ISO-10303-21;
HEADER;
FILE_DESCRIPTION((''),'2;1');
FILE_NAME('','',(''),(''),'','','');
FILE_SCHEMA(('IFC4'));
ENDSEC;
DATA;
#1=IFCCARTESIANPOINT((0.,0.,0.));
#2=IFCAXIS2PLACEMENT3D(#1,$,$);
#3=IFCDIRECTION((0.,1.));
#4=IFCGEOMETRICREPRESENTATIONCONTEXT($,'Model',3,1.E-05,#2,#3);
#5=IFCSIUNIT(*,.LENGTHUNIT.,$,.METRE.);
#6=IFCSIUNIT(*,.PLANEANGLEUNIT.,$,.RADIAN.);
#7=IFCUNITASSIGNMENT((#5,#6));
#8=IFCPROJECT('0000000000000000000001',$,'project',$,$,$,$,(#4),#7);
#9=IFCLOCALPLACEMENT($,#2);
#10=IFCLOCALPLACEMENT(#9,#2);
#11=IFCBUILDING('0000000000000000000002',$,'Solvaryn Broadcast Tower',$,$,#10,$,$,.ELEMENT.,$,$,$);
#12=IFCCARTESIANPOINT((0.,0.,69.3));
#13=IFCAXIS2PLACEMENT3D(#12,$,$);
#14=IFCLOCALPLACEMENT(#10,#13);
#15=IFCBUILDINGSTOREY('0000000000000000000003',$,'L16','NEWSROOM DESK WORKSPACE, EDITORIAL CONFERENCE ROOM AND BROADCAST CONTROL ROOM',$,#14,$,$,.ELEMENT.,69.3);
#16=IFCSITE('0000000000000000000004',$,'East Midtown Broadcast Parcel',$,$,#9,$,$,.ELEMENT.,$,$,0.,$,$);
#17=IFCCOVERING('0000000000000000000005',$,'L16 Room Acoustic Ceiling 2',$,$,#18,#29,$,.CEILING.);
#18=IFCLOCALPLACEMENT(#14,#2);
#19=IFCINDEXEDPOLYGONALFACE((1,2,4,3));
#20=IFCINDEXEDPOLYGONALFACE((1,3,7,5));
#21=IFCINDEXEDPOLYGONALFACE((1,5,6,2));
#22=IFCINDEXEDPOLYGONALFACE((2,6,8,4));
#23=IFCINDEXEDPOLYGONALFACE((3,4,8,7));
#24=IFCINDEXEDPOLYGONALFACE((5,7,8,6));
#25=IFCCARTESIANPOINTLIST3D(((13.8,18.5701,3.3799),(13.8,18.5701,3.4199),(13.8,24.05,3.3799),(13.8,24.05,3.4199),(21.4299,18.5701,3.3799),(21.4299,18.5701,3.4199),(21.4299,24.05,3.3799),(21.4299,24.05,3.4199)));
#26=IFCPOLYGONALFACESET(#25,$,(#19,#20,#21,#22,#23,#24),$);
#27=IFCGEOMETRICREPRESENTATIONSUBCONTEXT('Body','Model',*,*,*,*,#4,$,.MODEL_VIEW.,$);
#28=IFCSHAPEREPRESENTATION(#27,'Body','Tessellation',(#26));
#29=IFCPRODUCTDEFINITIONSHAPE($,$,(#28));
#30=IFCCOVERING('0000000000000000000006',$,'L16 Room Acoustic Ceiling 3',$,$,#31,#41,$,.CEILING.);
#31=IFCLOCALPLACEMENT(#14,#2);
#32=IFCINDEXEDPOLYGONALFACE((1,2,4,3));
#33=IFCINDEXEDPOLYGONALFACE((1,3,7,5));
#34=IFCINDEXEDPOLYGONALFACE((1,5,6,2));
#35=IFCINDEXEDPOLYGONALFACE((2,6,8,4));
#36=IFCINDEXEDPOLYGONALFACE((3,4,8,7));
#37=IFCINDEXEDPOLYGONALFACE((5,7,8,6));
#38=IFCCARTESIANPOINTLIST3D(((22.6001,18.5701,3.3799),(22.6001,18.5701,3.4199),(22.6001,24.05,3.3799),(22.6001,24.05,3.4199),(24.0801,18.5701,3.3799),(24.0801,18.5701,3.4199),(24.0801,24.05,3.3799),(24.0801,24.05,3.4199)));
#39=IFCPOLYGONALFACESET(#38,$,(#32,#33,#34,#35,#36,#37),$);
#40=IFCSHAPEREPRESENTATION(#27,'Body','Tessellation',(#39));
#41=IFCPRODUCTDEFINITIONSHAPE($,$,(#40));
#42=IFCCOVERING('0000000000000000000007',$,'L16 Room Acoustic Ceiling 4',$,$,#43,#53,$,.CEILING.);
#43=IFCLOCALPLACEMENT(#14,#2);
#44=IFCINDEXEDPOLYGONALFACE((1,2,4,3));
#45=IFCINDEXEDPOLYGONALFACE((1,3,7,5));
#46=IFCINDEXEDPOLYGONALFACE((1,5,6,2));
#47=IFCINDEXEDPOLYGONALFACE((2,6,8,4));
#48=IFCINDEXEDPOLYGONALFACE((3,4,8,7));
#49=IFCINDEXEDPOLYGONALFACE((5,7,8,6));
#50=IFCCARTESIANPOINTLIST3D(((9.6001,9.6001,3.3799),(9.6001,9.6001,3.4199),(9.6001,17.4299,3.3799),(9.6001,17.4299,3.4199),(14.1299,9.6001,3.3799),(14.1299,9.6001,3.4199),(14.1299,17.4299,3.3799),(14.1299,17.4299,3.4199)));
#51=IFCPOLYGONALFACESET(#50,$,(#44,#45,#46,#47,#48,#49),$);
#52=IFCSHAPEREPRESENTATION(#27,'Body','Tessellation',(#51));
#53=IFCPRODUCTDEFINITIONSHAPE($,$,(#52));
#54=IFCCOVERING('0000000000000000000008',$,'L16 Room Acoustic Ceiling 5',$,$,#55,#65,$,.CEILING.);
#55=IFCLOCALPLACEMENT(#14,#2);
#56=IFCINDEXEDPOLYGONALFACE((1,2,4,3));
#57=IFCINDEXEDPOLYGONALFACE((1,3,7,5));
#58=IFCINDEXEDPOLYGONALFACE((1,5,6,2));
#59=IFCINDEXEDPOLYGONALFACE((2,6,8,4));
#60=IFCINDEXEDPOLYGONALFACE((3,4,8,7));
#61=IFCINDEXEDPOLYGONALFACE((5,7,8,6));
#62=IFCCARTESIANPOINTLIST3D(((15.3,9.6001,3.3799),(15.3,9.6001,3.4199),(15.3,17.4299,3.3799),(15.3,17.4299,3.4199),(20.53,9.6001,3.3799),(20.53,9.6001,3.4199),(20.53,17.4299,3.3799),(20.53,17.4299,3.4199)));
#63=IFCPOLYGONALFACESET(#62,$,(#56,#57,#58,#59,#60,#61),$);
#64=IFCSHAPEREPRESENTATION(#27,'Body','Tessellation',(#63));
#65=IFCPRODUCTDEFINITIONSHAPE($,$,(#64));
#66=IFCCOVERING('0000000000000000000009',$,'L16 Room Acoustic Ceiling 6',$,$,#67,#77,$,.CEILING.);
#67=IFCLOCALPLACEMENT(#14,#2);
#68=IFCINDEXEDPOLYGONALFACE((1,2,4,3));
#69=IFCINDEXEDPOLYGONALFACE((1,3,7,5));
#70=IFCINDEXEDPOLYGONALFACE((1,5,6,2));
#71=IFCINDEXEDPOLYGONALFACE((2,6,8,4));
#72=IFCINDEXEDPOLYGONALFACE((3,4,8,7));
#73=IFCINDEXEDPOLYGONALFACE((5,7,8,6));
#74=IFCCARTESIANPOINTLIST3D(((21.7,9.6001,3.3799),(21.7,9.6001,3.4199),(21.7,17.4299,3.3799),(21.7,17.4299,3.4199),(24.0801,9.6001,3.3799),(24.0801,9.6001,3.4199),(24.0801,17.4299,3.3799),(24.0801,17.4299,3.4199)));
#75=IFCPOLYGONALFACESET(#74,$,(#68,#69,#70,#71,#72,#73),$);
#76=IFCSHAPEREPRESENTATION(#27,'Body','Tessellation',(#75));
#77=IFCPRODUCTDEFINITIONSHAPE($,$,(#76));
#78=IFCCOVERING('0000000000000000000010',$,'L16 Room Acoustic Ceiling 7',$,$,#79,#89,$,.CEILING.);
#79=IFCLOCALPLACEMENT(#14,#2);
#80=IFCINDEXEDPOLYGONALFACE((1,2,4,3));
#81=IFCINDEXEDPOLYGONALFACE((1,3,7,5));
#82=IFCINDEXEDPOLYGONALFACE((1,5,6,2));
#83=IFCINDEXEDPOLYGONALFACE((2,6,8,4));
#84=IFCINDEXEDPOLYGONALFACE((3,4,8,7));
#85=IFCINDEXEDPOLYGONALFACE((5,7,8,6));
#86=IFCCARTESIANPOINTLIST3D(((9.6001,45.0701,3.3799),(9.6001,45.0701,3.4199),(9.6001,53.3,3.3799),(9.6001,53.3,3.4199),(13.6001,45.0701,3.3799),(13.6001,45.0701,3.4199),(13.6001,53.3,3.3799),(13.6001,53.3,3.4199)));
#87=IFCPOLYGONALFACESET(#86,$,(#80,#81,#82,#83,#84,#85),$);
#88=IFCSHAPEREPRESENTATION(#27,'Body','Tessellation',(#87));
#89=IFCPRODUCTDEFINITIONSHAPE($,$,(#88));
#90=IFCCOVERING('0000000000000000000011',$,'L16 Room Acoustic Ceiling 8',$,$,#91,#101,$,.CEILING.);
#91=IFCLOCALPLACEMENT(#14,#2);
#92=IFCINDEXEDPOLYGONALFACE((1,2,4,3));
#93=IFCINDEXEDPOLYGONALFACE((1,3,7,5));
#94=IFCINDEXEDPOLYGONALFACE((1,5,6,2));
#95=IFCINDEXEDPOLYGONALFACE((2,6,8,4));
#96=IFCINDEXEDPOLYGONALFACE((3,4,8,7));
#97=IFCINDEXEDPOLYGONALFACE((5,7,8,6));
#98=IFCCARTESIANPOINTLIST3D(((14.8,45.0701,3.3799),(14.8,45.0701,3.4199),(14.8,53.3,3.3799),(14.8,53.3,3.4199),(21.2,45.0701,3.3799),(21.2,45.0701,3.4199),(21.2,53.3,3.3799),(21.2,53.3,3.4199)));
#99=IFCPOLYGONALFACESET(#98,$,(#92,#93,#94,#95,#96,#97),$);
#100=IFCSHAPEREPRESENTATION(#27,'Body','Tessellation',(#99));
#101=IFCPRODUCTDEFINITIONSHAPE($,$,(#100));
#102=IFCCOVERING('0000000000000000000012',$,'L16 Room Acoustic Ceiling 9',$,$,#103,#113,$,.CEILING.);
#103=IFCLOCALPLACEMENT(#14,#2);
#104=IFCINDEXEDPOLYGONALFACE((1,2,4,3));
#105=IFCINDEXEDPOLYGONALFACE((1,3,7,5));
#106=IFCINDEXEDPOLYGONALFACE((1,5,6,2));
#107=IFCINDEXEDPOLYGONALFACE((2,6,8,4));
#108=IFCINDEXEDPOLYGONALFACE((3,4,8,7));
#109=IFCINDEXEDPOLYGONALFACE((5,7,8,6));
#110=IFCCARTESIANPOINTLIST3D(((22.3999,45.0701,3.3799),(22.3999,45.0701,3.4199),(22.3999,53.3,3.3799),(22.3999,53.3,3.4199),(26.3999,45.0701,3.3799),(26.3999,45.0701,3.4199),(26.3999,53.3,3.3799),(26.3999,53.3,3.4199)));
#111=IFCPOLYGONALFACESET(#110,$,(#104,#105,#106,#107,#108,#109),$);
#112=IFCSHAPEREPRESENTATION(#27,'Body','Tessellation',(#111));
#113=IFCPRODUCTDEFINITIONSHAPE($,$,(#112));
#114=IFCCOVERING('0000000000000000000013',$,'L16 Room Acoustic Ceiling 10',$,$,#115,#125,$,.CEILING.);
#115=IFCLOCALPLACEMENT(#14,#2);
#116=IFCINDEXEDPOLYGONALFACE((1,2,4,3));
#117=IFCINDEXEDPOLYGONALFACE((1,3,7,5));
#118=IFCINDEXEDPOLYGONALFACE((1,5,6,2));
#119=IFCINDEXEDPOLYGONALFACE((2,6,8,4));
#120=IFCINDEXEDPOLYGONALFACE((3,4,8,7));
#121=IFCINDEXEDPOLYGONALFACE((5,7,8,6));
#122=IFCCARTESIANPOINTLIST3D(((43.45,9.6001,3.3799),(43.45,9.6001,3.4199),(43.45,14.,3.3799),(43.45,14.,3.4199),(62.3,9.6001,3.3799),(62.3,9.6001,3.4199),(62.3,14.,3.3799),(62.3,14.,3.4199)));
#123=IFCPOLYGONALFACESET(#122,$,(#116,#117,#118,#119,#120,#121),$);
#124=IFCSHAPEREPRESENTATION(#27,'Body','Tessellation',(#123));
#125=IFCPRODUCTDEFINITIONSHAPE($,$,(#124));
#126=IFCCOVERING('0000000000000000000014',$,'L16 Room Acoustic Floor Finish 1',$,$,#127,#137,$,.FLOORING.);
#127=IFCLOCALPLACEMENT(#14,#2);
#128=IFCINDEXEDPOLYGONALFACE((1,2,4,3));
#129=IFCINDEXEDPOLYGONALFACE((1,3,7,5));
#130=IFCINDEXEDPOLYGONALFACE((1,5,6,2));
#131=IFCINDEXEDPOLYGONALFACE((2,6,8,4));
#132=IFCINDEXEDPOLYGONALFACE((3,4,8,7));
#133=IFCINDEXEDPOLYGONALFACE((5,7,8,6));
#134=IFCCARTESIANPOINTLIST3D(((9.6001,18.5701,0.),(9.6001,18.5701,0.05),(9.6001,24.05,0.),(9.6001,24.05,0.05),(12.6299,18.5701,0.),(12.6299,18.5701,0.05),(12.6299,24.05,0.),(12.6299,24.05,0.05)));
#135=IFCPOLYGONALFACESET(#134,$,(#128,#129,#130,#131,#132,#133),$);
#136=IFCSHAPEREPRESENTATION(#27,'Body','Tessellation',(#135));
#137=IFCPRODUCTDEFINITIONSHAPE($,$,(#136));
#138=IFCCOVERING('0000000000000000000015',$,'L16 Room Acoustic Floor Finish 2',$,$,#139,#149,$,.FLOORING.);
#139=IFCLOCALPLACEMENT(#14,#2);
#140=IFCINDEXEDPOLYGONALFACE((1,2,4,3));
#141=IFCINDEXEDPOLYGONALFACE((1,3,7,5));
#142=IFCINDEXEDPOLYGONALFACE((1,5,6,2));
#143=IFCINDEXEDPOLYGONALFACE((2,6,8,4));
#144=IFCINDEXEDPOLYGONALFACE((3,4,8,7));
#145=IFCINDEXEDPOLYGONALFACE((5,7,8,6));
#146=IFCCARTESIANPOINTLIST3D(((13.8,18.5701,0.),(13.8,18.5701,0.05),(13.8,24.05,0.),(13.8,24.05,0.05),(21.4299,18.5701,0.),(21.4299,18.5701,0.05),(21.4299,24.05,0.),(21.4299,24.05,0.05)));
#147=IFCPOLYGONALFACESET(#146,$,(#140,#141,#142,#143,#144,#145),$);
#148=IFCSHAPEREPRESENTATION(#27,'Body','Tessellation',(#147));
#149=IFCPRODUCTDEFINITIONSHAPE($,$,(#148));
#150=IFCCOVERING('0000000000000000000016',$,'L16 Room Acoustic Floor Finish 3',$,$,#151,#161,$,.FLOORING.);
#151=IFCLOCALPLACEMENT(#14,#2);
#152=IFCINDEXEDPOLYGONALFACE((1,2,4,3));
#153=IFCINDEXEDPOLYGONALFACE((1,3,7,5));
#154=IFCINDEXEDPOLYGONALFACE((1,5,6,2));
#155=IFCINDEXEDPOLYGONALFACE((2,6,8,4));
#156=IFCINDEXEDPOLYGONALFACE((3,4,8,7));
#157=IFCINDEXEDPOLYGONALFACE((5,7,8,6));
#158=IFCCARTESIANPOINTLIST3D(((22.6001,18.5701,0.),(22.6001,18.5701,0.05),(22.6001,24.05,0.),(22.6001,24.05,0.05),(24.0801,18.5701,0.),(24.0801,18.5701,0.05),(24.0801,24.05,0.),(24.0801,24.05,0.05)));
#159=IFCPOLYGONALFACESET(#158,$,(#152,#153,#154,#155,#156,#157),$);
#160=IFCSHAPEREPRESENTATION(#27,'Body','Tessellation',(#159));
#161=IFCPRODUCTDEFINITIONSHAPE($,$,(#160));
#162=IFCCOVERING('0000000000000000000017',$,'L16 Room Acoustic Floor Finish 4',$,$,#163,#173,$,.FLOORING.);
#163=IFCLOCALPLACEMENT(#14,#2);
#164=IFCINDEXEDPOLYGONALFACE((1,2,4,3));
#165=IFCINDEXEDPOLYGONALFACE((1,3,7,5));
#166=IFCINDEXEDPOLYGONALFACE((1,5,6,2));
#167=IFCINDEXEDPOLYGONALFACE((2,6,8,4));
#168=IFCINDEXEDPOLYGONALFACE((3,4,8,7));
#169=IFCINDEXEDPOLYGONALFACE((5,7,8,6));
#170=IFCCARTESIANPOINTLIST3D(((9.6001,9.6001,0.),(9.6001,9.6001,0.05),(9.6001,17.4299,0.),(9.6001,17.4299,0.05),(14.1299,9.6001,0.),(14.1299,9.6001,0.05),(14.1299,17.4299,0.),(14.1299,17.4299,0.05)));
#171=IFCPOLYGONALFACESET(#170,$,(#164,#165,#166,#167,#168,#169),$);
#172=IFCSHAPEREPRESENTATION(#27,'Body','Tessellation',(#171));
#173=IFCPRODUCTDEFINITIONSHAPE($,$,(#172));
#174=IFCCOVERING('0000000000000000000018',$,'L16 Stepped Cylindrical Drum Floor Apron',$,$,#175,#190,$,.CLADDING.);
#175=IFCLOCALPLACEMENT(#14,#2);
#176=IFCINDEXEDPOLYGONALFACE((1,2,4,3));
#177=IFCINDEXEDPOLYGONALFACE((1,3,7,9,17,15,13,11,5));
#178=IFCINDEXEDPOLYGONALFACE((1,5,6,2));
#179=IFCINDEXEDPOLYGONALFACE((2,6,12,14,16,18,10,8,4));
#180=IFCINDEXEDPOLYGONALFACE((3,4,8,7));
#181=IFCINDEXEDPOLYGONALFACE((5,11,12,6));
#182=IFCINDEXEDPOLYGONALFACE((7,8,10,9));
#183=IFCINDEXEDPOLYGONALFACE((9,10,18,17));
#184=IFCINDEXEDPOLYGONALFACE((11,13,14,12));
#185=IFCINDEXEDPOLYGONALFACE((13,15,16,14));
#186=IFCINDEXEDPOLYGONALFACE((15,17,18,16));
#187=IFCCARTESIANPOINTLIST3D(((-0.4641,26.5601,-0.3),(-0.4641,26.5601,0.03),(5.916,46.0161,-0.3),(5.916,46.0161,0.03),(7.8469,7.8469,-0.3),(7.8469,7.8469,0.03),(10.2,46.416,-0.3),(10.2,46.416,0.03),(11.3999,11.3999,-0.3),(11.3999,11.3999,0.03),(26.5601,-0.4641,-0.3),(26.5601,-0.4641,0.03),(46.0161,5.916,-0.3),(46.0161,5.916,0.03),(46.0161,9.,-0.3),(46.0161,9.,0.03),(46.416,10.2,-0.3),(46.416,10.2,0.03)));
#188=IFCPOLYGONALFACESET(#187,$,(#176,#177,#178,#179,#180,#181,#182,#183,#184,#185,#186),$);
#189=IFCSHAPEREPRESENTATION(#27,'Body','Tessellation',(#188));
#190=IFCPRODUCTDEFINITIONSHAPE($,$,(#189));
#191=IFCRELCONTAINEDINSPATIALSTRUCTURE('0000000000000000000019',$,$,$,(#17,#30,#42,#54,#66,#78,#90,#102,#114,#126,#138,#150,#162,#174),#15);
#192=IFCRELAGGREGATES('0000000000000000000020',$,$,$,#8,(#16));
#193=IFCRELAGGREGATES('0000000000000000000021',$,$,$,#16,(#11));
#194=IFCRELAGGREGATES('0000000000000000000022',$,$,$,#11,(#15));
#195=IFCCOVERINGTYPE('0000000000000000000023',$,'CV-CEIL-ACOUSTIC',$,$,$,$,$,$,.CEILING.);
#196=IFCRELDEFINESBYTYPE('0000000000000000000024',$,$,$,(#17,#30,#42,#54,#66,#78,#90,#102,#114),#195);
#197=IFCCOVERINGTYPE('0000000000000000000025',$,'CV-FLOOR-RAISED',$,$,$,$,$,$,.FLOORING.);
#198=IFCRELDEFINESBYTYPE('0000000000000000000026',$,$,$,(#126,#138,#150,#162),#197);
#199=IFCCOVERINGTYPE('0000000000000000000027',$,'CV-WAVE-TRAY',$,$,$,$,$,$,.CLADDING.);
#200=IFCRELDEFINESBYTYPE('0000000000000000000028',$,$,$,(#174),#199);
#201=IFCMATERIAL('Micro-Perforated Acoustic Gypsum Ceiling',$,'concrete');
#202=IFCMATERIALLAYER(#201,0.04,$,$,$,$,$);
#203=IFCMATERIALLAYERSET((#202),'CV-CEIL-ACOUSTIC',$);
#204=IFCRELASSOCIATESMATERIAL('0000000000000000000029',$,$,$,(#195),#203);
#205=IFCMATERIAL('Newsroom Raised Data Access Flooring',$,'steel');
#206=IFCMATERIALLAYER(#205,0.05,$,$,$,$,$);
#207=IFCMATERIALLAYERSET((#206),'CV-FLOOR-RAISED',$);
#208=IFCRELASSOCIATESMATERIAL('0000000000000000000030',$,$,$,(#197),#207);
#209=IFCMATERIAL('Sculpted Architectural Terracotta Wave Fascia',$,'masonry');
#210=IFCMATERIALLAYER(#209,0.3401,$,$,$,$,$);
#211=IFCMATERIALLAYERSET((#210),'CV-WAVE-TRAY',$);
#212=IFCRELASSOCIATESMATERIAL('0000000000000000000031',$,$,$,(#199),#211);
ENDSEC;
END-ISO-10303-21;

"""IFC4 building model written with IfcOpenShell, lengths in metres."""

from ifc_helpers import new_model, si_unit, direction, frame, origin, place, context, subcontext, project, spatial, polyline, outline, extrude, material, layer, layer_set, type_object, element, save


model = new_model("IFC4")

# Units and contexts
model_context = context("Model", 3, precision=1e-05, world=origin(), true_north=direction((0.0, 1.0)))
body_context = subcontext(model_context, "Body", "Model", "MODEL_VIEW")
ifc_project = project(units=[si_unit("LENGTHUNIT", "METRE"), si_unit("PLANEANGLEUNIT", "RADIAN")], contexts=[model_context])

# Site, building, storey
site_placement = place(None, origin())
site = spatial("IfcSite", under=ifc_project, at=site_placement, Name="East Midtown Broadcast Parcel", CompositionType="ELEMENT", RefElevation=0.0)
building_placement = place(site_placement, origin())
building = spatial("IfcBuilding", under=site, at=building_placement, Name="Solvaryn Broadcast Tower", CompositionType="ELEMENT")
storey_placement = place(building_placement, frame((0.0, 0.0, 69.3)))
storey = spatial("IfcBuildingStorey", under=building, at=storey_placement, Name="L16", Description="NEWSROOM DESK WORKSPACE, EDITORIAL CONFERENCE ROOM AND BROADCAST CONTROL ROOM", CompositionType="ELEMENT", Elevation=69.3)

# Coverings
ifc_material_1 = material(Name="Micro-Perforated Acoustic Gypsum Ceiling", Category="concrete")
ifc_layer_1 = layer(ifc_material_1, 0.04)
ifc_layer_set_1 = layer_set([ifc_layer_1], Name="CV-CEIL-ACOUSTIC")
covering_type_1 = type_object("IfcCoveringType", Name="CV-CEIL-ACOUSTIC", PredefinedType="CEILING", material=ifc_layer_set_1)
covering_1_placement = place(storey_placement, frame((0.0, 0.0, 3.3799)))
element("IfcCovering", 1, at=covering_1_placement, inside=storey, type_object=covering_type_1, Name="L16 Room Acoustic Ceiling 2", PredefinedType="CEILING", context=body_context, shape_type="SweptSolid", body=[
    extrude(outline(polyline([(13.8, 18.5701), (21.4299, 18.5701), (21.4299, 24.05), (13.8, 24.05), (13.8, 18.5701)])), origin(), (0.0, 0.0, 1.0), 0.04),
])
covering_2_placement = place(storey_placement, frame((0.0, 0.0, 3.3799)))
element("IfcCovering", 2, at=covering_2_placement, inside=storey, type_object=covering_type_1, Name="L16 Room Acoustic Ceiling 3", PredefinedType="CEILING", context=body_context, shape_type="SweptSolid", body=[
    extrude(outline(polyline([(22.6001, 18.5701), (24.0801, 18.5701), (24.0801, 24.05), (22.6001, 24.05), (22.6001, 18.5701)])), origin(), (0.0, 0.0, 1.0), 0.04),
])
covering_3_placement = place(storey_placement, frame((0.0, 0.0, 3.3799)))
element("IfcCovering", 3, at=covering_3_placement, inside=storey, type_object=covering_type_1, Name="L16 Room Acoustic Ceiling 4", PredefinedType="CEILING", context=body_context, shape_type="SweptSolid", body=[
    extrude(outline(polyline([(9.6001, 9.6001), (14.1299, 9.6001), (14.1299, 17.4299), (9.6001, 17.4299), (9.6001, 9.6001)])), origin(), (0.0, 0.0, 1.0), 0.04),
])
covering_4_placement = place(storey_placement, frame((0.0, 0.0, 3.3799)))
element("IfcCovering", 4, at=covering_4_placement, inside=storey, type_object=covering_type_1, Name="L16 Room Acoustic Ceiling 5", PredefinedType="CEILING", context=body_context, shape_type="SweptSolid", body=[
    extrude(outline(polyline([(15.3, 9.6001), (20.53, 9.6001), (20.53, 17.4299), (15.3, 17.4299), (15.3, 9.6001)])), origin(), (0.0, 0.0, 1.0), 0.04),
])
covering_5_placement = place(storey_placement, frame((0.0, 0.0, 3.3799)))
element("IfcCovering", 5, at=covering_5_placement, inside=storey, type_object=covering_type_1, Name="L16 Room Acoustic Ceiling 6", PredefinedType="CEILING", context=body_context, shape_type="SweptSolid", body=[
    extrude(outline(polyline([(21.7, 9.6001), (24.0801, 9.6001), (24.0801, 17.4299), (21.7, 17.4299), (21.7, 9.6001)])), origin(), (0.0, 0.0, 1.0), 0.04),
])
covering_6_placement = place(storey_placement, frame((0.0, 0.0, 3.3799)))
element("IfcCovering", 6, at=covering_6_placement, inside=storey, type_object=covering_type_1, Name="L16 Room Acoustic Ceiling 7", PredefinedType="CEILING", context=body_context, shape_type="SweptSolid", body=[
    extrude(outline(polyline([(9.6001, 45.0701), (13.6001, 45.0701), (13.6001, 53.3), (9.6001, 53.3), (9.6001, 45.0701)])), origin(), (0.0, 0.0, 1.0), 0.04),
])
covering_7_placement = place(storey_placement, frame((0.0, 0.0, 3.3799)))
element("IfcCovering", 7, at=covering_7_placement, inside=storey, type_object=covering_type_1, Name="L16 Room Acoustic Ceiling 8", PredefinedType="CEILING", context=body_context, shape_type="SweptSolid", body=[
    extrude(outline(polyline([(14.8, 45.0701), (21.2, 45.0701), (21.2, 53.3), (14.8, 53.3), (14.8, 45.0701)])), origin(), (0.0, 0.0, 1.0), 0.04),
])
covering_8_placement = place(storey_placement, frame((0.0, 0.0, 3.3799)))
element("IfcCovering", 8, at=covering_8_placement, inside=storey, type_object=covering_type_1, Name="L16 Room Acoustic Ceiling 9", PredefinedType="CEILING", context=body_context, shape_type="SweptSolid", body=[
    extrude(outline(polyline([(22.3999, 45.0701), (26.3999, 45.0701), (26.3999, 53.3), (22.3999, 53.3), (22.3999, 45.0701)])), origin(), (0.0, 0.0, 1.0), 0.04),
])
covering_9_placement = place(storey_placement, frame((0.0, 0.0, 3.3799)))
element("IfcCovering", 9, at=covering_9_placement, inside=storey, type_object=covering_type_1, Name="L16 Room Acoustic Ceiling 10", PredefinedType="CEILING", context=body_context, shape_type="SweptSolid", body=[
    extrude(outline(polyline([(43.45, 9.6001), (62.3, 9.6001), (62.3, 14.0), (43.45, 14.0), (43.45, 9.6001)])), origin(), (0.0, 0.0, 1.0), 0.04),
])
ifc_material_2 = material(Name="Newsroom Raised Data Access Flooring", Category="steel")
ifc_layer_2 = layer(ifc_material_2, 0.05)
ifc_layer_set_2 = layer_set([ifc_layer_2], Name="CV-FLOOR-RAISED")
covering_type_2 = type_object("IfcCoveringType", Name="CV-FLOOR-RAISED", PredefinedType="FLOORING", material=ifc_layer_set_2)
covering_10_placement = place(storey_placement, origin())
element("IfcCovering", 10, at=covering_10_placement, inside=storey, type_object=covering_type_2, Name="L16 Room Acoustic Floor Finish 1", PredefinedType="FLOORING", context=body_context, shape_type="SweptSolid", body=[
    extrude(outline(polyline([(9.6001, 18.5701), (12.6299, 18.5701), (12.6299, 24.05), (9.6001, 24.05), (9.6001, 18.5701)])), origin(), (0.0, 0.0, 1.0), 0.05),
])
covering_11_placement = place(storey_placement, origin())
element("IfcCovering", 11, at=covering_11_placement, inside=storey, type_object=covering_type_2, Name="L16 Room Acoustic Floor Finish 2", PredefinedType="FLOORING", context=body_context, shape_type="SweptSolid", body=[
    extrude(outline(polyline([(13.8, 18.5701), (21.4299, 18.5701), (21.4299, 24.05), (13.8, 24.05), (13.8, 18.5701)])), origin(), (0.0, 0.0, 1.0), 0.05),
])
covering_12_placement = place(storey_placement, origin())
element("IfcCovering", 12, at=covering_12_placement, inside=storey, type_object=covering_type_2, Name="L16 Room Acoustic Floor Finish 3", PredefinedType="FLOORING", context=body_context, shape_type="SweptSolid", body=[
    extrude(outline(polyline([(22.6001, 18.5701), (24.0801, 18.5701), (24.0801, 24.05), (22.6001, 24.05), (22.6001, 18.5701)])), origin(), (0.0, 0.0, 1.0), 0.05),
])
covering_13_placement = place(storey_placement, origin())
element("IfcCovering", 13, at=covering_13_placement, inside=storey, type_object=covering_type_2, Name="L16 Room Acoustic Floor Finish 4", PredefinedType="FLOORING", context=body_context, shape_type="SweptSolid", body=[
    extrude(outline(polyline([(9.6001, 9.6001), (14.1299, 9.6001), (14.1299, 17.4299), (9.6001, 17.4299), (9.6001, 9.6001)])), origin(), (0.0, 0.0, 1.0), 0.05),
])
ifc_material_3 = material(Name="Sculpted Architectural Terracotta Wave Fascia", Category="masonry")
ifc_layer_3 = layer(ifc_material_3, 0.3401)
ifc_layer_set_3 = layer_set([ifc_layer_3], Name="CV-WAVE-TRAY")
covering_type_3 = type_object("IfcCoveringType", Name="CV-WAVE-TRAY", PredefinedType="CLADDING", material=ifc_layer_set_3)
covering_14_placement = place(storey_placement, frame((0.0, 0.0, -0.3)))
element("IfcCovering", 14, at=covering_14_placement, inside=storey, type_object=covering_type_3, Name="L16 Stepped Cylindrical Drum Floor Apron", PredefinedType="CLADDING", context=body_context, shape_type="SweptSolid", body=[
    extrude(outline(polyline([(10.2, 46.416), (5.916, 46.0161), (-0.4641, 26.5601), (7.8469, 7.8469), (26.5601, -0.4641), (46.0161, 5.916), (46.0161, 9.0), (46.416, 10.2), (11.3999, 11.3999), (10.2, 46.416)])), origin(), (0.0, 0.0, 1.0), 0.3301),
])

save(model, "model.ifc")
